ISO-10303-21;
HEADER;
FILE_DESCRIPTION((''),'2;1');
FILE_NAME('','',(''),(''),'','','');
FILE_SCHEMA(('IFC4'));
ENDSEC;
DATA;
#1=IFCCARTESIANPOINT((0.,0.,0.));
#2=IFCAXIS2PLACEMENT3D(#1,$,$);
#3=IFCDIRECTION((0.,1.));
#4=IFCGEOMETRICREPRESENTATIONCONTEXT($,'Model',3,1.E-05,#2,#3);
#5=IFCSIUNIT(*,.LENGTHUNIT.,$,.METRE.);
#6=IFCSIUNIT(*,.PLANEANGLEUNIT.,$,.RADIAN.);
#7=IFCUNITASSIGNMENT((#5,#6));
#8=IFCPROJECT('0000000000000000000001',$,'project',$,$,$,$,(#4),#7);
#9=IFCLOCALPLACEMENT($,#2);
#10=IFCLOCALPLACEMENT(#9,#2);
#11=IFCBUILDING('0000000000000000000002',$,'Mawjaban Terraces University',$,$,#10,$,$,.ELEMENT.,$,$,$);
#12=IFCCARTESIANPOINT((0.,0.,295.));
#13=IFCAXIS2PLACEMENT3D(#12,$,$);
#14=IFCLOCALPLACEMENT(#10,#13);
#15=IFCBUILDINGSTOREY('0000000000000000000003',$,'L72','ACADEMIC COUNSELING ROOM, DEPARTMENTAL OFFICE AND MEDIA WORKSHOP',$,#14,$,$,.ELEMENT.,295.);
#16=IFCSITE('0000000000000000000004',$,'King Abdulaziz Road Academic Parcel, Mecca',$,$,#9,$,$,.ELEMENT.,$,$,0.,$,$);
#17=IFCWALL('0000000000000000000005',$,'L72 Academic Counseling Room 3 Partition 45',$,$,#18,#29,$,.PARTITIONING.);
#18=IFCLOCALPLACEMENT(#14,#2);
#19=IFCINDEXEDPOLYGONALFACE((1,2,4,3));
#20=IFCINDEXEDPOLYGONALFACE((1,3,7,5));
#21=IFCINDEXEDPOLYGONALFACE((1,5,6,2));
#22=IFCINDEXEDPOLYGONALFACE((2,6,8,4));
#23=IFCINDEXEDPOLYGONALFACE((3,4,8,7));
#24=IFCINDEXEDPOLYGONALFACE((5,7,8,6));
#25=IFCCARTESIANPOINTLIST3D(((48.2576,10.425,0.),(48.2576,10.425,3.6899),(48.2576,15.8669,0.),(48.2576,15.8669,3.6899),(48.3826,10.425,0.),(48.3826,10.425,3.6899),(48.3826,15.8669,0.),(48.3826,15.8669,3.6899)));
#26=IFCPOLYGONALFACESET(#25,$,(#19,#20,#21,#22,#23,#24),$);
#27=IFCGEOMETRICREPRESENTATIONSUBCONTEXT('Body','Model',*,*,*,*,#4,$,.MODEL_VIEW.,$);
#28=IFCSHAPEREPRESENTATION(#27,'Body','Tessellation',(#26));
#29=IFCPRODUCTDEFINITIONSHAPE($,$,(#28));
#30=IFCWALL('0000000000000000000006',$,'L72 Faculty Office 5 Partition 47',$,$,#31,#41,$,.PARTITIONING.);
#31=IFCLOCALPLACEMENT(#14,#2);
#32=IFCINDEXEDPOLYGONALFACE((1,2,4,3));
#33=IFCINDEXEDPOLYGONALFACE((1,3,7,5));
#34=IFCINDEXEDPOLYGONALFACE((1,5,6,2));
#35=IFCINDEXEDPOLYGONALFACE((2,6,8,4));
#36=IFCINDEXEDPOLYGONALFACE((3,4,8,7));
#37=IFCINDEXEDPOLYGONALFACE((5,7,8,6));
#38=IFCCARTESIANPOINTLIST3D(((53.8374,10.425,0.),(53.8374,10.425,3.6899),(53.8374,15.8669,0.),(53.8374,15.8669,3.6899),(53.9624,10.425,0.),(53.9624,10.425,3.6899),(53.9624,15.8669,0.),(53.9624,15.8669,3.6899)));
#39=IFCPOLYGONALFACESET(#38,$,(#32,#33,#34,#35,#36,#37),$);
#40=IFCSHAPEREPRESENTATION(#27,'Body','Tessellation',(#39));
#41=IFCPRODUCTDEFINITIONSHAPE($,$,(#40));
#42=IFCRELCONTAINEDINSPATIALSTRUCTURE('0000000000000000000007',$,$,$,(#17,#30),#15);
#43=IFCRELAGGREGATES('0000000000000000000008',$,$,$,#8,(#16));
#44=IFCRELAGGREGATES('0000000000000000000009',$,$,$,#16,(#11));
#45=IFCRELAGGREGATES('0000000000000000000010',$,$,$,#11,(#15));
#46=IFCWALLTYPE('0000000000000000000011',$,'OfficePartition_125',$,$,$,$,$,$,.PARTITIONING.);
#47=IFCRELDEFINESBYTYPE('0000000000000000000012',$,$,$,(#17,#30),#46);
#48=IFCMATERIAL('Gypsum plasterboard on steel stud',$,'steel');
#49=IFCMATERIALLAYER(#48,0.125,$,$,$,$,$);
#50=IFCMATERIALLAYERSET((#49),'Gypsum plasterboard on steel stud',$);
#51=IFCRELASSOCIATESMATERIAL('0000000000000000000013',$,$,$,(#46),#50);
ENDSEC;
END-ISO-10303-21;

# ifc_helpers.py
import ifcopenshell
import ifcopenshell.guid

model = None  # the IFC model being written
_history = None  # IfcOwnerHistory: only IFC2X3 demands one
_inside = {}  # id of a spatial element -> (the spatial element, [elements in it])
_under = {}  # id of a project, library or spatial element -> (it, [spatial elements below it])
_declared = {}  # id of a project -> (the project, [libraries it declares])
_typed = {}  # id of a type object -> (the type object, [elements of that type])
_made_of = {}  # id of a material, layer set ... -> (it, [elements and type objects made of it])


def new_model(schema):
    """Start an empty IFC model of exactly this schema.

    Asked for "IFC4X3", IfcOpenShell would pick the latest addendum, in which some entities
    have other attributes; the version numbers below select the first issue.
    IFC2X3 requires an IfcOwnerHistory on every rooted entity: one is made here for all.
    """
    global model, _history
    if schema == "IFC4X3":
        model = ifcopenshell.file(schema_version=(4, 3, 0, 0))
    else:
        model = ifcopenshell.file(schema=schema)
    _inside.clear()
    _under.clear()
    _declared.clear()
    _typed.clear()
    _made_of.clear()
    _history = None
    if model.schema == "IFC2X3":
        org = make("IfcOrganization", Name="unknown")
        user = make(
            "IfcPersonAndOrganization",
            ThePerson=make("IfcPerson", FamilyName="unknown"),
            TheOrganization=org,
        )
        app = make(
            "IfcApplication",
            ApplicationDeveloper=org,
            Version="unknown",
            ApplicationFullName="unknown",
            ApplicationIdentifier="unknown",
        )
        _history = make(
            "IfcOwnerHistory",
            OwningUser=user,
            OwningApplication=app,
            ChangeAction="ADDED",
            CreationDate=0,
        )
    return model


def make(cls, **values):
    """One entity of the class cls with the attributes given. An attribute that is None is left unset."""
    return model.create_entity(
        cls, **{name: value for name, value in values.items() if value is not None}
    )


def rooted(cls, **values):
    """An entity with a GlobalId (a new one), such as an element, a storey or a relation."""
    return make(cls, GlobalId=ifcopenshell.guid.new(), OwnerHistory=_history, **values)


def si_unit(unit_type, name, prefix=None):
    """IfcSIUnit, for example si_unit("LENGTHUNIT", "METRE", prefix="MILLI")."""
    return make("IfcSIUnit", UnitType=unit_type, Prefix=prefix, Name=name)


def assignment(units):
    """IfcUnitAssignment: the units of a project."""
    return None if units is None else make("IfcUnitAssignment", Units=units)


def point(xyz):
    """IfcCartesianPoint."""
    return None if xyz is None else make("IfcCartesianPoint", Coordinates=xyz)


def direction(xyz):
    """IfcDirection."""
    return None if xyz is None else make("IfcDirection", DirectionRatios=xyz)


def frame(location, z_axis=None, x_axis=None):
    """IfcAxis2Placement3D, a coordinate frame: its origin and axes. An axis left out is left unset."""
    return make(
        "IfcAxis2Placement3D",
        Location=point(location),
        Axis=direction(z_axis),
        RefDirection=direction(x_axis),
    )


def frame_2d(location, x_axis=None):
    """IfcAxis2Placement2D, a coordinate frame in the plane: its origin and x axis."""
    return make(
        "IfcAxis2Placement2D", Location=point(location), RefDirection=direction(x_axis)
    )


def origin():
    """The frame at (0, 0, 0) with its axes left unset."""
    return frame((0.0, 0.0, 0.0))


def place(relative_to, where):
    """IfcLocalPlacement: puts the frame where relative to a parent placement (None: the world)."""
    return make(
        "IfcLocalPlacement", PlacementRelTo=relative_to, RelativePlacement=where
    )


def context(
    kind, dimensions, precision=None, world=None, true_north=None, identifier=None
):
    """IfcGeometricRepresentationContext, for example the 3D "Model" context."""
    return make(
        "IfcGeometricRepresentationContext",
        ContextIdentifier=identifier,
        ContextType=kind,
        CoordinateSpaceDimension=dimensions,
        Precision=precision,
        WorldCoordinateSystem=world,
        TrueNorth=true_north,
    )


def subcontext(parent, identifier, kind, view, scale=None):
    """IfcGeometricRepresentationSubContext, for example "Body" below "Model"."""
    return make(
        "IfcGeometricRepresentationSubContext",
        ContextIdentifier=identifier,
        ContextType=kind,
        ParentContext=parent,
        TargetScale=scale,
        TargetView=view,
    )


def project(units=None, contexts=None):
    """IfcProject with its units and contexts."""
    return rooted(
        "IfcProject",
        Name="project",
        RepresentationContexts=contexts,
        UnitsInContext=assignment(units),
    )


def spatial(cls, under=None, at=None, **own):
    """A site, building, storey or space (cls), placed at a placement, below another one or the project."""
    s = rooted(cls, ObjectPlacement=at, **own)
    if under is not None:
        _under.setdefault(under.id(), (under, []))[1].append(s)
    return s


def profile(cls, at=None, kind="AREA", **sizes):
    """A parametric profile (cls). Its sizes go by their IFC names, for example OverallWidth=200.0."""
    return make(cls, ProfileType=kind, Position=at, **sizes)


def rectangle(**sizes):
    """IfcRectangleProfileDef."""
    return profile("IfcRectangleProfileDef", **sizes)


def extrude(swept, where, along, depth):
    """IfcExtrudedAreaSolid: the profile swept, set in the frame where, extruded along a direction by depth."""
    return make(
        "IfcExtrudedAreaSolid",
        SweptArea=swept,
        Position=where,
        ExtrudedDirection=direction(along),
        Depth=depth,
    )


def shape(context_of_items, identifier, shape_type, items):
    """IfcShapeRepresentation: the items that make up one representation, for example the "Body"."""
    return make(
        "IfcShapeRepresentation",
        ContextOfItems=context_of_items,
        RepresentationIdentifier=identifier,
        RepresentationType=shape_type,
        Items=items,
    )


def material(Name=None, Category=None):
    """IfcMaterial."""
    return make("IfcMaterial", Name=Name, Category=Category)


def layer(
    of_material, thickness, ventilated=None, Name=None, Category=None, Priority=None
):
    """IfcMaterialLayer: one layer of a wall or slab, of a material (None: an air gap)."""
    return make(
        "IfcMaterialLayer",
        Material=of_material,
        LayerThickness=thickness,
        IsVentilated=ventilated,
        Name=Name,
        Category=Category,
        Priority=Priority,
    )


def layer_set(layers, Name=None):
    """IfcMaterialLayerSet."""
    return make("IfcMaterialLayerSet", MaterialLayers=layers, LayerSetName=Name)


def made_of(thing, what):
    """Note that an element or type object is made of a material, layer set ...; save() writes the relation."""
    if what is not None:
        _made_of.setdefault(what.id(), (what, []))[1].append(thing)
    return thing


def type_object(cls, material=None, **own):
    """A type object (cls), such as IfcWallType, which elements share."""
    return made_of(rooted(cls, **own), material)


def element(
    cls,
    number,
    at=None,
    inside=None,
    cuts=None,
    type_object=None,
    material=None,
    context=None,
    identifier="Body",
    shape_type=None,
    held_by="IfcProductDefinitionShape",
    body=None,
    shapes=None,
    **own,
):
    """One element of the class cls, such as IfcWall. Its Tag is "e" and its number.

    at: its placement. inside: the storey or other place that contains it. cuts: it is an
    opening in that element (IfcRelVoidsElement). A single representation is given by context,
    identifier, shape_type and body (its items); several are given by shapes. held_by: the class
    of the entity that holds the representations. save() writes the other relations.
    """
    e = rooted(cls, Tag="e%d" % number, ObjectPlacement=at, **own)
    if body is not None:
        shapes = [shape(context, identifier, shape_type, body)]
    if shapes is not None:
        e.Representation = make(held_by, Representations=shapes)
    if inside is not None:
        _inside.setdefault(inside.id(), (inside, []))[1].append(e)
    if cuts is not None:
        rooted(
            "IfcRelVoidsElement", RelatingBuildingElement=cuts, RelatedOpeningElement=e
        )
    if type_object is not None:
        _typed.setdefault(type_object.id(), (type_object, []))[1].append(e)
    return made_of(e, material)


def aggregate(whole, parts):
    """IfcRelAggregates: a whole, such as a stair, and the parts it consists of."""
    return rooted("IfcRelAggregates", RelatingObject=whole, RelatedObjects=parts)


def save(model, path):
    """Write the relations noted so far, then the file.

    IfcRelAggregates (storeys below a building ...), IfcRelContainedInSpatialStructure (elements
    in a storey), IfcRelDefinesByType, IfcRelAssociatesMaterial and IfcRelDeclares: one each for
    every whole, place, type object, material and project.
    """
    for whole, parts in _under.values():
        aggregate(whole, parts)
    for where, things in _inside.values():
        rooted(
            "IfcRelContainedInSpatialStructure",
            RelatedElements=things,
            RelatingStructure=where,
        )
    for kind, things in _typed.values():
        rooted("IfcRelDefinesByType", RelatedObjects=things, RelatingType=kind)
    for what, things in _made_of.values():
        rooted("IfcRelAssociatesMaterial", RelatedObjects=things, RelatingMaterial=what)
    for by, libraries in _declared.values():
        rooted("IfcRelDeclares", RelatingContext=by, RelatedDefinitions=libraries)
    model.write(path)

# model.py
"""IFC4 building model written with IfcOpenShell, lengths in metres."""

from ifc_helpers import new_model, si_unit, direction, frame, frame_2d, origin, place, context, subcontext, project, spatial, rectangle, extrude, material, layer, layer_set, type_object, element, save


model = new_model("IFC4")

# Units and contexts
model_context = context("Model", 3, precision=1e-05, world=origin(), true_north=direction((0.0, 1.0)))
body_context = subcontext(model_context, "Body", "Model", "MODEL_VIEW")
ifc_project = project(units=[si_unit("LENGTHUNIT", "METRE"), si_unit("PLANEANGLEUNIT", "RADIAN")], contexts=[model_context])

# Site, building, storey
site_placement = place(None, origin())
site = spatial("IfcSite", under=ifc_project, at=site_placement, Name="King Abdulaziz Road Academic Parcel, Mecca", CompositionType="ELEMENT", RefElevation=0.0)
building_placement = place(site_placement, origin())
building = spatial("IfcBuilding", under=site, at=building_placement, Name="Mawjaban Terraces University", CompositionType="ELEMENT")
storey_placement = place(building_placement, frame((0.0, 0.0, 295.0)))
storey = spatial("IfcBuildingStorey", under=building, at=storey_placement, Name="L72", Description="ACADEMIC COUNSELING ROOM, DEPARTMENTAL OFFICE AND MEDIA WORKSHOP", CompositionType="ELEMENT", Elevation=295.0)

# Walls
ifc_material_1 = material(Name="Gypsum plasterboard on steel stud", Category="steel")
ifc_layer_1 = layer(ifc_material_1, 0.125)
ifc_layer_set_1 = layer_set([ifc_layer_1], Name="Gypsum plasterboard on steel stud")
wall_type_1 = type_object("IfcWallType", Name="OfficePartition_125", PredefinedType="PARTITIONING", material=ifc_layer_set_1)
for number, where, z_axis, x_axis, name in (
    (1, (48.3201, 10.425, 0.0), (0.0, 0.0, 1.0), (0.0, 1.0, 0.0), "L72 Academic Counseling Room 3 Partition 45"),
    (2, (53.8999, 10.425, 0.0), (0.0, 0.0, 1.0), (0.0, 1.0, 0.0), "L72 Faculty Office 5 Partition 47"),
):
    element("IfcWall", number, at=place(storey_placement, frame(where, z_axis=z_axis, x_axis=x_axis)), inside=storey, type_object=wall_type_1, Name=name, PredefinedType="PARTITIONING", context=body_context, shape_type="SweptSolid", body=[
        extrude(rectangle(XDim=5.4419, YDim=0.125, at=frame_2d((2.7209, 0.0))), origin(), (0.0, 0.0, 1.0), 3.6899),
    ])

save(model, "model.ifc")
